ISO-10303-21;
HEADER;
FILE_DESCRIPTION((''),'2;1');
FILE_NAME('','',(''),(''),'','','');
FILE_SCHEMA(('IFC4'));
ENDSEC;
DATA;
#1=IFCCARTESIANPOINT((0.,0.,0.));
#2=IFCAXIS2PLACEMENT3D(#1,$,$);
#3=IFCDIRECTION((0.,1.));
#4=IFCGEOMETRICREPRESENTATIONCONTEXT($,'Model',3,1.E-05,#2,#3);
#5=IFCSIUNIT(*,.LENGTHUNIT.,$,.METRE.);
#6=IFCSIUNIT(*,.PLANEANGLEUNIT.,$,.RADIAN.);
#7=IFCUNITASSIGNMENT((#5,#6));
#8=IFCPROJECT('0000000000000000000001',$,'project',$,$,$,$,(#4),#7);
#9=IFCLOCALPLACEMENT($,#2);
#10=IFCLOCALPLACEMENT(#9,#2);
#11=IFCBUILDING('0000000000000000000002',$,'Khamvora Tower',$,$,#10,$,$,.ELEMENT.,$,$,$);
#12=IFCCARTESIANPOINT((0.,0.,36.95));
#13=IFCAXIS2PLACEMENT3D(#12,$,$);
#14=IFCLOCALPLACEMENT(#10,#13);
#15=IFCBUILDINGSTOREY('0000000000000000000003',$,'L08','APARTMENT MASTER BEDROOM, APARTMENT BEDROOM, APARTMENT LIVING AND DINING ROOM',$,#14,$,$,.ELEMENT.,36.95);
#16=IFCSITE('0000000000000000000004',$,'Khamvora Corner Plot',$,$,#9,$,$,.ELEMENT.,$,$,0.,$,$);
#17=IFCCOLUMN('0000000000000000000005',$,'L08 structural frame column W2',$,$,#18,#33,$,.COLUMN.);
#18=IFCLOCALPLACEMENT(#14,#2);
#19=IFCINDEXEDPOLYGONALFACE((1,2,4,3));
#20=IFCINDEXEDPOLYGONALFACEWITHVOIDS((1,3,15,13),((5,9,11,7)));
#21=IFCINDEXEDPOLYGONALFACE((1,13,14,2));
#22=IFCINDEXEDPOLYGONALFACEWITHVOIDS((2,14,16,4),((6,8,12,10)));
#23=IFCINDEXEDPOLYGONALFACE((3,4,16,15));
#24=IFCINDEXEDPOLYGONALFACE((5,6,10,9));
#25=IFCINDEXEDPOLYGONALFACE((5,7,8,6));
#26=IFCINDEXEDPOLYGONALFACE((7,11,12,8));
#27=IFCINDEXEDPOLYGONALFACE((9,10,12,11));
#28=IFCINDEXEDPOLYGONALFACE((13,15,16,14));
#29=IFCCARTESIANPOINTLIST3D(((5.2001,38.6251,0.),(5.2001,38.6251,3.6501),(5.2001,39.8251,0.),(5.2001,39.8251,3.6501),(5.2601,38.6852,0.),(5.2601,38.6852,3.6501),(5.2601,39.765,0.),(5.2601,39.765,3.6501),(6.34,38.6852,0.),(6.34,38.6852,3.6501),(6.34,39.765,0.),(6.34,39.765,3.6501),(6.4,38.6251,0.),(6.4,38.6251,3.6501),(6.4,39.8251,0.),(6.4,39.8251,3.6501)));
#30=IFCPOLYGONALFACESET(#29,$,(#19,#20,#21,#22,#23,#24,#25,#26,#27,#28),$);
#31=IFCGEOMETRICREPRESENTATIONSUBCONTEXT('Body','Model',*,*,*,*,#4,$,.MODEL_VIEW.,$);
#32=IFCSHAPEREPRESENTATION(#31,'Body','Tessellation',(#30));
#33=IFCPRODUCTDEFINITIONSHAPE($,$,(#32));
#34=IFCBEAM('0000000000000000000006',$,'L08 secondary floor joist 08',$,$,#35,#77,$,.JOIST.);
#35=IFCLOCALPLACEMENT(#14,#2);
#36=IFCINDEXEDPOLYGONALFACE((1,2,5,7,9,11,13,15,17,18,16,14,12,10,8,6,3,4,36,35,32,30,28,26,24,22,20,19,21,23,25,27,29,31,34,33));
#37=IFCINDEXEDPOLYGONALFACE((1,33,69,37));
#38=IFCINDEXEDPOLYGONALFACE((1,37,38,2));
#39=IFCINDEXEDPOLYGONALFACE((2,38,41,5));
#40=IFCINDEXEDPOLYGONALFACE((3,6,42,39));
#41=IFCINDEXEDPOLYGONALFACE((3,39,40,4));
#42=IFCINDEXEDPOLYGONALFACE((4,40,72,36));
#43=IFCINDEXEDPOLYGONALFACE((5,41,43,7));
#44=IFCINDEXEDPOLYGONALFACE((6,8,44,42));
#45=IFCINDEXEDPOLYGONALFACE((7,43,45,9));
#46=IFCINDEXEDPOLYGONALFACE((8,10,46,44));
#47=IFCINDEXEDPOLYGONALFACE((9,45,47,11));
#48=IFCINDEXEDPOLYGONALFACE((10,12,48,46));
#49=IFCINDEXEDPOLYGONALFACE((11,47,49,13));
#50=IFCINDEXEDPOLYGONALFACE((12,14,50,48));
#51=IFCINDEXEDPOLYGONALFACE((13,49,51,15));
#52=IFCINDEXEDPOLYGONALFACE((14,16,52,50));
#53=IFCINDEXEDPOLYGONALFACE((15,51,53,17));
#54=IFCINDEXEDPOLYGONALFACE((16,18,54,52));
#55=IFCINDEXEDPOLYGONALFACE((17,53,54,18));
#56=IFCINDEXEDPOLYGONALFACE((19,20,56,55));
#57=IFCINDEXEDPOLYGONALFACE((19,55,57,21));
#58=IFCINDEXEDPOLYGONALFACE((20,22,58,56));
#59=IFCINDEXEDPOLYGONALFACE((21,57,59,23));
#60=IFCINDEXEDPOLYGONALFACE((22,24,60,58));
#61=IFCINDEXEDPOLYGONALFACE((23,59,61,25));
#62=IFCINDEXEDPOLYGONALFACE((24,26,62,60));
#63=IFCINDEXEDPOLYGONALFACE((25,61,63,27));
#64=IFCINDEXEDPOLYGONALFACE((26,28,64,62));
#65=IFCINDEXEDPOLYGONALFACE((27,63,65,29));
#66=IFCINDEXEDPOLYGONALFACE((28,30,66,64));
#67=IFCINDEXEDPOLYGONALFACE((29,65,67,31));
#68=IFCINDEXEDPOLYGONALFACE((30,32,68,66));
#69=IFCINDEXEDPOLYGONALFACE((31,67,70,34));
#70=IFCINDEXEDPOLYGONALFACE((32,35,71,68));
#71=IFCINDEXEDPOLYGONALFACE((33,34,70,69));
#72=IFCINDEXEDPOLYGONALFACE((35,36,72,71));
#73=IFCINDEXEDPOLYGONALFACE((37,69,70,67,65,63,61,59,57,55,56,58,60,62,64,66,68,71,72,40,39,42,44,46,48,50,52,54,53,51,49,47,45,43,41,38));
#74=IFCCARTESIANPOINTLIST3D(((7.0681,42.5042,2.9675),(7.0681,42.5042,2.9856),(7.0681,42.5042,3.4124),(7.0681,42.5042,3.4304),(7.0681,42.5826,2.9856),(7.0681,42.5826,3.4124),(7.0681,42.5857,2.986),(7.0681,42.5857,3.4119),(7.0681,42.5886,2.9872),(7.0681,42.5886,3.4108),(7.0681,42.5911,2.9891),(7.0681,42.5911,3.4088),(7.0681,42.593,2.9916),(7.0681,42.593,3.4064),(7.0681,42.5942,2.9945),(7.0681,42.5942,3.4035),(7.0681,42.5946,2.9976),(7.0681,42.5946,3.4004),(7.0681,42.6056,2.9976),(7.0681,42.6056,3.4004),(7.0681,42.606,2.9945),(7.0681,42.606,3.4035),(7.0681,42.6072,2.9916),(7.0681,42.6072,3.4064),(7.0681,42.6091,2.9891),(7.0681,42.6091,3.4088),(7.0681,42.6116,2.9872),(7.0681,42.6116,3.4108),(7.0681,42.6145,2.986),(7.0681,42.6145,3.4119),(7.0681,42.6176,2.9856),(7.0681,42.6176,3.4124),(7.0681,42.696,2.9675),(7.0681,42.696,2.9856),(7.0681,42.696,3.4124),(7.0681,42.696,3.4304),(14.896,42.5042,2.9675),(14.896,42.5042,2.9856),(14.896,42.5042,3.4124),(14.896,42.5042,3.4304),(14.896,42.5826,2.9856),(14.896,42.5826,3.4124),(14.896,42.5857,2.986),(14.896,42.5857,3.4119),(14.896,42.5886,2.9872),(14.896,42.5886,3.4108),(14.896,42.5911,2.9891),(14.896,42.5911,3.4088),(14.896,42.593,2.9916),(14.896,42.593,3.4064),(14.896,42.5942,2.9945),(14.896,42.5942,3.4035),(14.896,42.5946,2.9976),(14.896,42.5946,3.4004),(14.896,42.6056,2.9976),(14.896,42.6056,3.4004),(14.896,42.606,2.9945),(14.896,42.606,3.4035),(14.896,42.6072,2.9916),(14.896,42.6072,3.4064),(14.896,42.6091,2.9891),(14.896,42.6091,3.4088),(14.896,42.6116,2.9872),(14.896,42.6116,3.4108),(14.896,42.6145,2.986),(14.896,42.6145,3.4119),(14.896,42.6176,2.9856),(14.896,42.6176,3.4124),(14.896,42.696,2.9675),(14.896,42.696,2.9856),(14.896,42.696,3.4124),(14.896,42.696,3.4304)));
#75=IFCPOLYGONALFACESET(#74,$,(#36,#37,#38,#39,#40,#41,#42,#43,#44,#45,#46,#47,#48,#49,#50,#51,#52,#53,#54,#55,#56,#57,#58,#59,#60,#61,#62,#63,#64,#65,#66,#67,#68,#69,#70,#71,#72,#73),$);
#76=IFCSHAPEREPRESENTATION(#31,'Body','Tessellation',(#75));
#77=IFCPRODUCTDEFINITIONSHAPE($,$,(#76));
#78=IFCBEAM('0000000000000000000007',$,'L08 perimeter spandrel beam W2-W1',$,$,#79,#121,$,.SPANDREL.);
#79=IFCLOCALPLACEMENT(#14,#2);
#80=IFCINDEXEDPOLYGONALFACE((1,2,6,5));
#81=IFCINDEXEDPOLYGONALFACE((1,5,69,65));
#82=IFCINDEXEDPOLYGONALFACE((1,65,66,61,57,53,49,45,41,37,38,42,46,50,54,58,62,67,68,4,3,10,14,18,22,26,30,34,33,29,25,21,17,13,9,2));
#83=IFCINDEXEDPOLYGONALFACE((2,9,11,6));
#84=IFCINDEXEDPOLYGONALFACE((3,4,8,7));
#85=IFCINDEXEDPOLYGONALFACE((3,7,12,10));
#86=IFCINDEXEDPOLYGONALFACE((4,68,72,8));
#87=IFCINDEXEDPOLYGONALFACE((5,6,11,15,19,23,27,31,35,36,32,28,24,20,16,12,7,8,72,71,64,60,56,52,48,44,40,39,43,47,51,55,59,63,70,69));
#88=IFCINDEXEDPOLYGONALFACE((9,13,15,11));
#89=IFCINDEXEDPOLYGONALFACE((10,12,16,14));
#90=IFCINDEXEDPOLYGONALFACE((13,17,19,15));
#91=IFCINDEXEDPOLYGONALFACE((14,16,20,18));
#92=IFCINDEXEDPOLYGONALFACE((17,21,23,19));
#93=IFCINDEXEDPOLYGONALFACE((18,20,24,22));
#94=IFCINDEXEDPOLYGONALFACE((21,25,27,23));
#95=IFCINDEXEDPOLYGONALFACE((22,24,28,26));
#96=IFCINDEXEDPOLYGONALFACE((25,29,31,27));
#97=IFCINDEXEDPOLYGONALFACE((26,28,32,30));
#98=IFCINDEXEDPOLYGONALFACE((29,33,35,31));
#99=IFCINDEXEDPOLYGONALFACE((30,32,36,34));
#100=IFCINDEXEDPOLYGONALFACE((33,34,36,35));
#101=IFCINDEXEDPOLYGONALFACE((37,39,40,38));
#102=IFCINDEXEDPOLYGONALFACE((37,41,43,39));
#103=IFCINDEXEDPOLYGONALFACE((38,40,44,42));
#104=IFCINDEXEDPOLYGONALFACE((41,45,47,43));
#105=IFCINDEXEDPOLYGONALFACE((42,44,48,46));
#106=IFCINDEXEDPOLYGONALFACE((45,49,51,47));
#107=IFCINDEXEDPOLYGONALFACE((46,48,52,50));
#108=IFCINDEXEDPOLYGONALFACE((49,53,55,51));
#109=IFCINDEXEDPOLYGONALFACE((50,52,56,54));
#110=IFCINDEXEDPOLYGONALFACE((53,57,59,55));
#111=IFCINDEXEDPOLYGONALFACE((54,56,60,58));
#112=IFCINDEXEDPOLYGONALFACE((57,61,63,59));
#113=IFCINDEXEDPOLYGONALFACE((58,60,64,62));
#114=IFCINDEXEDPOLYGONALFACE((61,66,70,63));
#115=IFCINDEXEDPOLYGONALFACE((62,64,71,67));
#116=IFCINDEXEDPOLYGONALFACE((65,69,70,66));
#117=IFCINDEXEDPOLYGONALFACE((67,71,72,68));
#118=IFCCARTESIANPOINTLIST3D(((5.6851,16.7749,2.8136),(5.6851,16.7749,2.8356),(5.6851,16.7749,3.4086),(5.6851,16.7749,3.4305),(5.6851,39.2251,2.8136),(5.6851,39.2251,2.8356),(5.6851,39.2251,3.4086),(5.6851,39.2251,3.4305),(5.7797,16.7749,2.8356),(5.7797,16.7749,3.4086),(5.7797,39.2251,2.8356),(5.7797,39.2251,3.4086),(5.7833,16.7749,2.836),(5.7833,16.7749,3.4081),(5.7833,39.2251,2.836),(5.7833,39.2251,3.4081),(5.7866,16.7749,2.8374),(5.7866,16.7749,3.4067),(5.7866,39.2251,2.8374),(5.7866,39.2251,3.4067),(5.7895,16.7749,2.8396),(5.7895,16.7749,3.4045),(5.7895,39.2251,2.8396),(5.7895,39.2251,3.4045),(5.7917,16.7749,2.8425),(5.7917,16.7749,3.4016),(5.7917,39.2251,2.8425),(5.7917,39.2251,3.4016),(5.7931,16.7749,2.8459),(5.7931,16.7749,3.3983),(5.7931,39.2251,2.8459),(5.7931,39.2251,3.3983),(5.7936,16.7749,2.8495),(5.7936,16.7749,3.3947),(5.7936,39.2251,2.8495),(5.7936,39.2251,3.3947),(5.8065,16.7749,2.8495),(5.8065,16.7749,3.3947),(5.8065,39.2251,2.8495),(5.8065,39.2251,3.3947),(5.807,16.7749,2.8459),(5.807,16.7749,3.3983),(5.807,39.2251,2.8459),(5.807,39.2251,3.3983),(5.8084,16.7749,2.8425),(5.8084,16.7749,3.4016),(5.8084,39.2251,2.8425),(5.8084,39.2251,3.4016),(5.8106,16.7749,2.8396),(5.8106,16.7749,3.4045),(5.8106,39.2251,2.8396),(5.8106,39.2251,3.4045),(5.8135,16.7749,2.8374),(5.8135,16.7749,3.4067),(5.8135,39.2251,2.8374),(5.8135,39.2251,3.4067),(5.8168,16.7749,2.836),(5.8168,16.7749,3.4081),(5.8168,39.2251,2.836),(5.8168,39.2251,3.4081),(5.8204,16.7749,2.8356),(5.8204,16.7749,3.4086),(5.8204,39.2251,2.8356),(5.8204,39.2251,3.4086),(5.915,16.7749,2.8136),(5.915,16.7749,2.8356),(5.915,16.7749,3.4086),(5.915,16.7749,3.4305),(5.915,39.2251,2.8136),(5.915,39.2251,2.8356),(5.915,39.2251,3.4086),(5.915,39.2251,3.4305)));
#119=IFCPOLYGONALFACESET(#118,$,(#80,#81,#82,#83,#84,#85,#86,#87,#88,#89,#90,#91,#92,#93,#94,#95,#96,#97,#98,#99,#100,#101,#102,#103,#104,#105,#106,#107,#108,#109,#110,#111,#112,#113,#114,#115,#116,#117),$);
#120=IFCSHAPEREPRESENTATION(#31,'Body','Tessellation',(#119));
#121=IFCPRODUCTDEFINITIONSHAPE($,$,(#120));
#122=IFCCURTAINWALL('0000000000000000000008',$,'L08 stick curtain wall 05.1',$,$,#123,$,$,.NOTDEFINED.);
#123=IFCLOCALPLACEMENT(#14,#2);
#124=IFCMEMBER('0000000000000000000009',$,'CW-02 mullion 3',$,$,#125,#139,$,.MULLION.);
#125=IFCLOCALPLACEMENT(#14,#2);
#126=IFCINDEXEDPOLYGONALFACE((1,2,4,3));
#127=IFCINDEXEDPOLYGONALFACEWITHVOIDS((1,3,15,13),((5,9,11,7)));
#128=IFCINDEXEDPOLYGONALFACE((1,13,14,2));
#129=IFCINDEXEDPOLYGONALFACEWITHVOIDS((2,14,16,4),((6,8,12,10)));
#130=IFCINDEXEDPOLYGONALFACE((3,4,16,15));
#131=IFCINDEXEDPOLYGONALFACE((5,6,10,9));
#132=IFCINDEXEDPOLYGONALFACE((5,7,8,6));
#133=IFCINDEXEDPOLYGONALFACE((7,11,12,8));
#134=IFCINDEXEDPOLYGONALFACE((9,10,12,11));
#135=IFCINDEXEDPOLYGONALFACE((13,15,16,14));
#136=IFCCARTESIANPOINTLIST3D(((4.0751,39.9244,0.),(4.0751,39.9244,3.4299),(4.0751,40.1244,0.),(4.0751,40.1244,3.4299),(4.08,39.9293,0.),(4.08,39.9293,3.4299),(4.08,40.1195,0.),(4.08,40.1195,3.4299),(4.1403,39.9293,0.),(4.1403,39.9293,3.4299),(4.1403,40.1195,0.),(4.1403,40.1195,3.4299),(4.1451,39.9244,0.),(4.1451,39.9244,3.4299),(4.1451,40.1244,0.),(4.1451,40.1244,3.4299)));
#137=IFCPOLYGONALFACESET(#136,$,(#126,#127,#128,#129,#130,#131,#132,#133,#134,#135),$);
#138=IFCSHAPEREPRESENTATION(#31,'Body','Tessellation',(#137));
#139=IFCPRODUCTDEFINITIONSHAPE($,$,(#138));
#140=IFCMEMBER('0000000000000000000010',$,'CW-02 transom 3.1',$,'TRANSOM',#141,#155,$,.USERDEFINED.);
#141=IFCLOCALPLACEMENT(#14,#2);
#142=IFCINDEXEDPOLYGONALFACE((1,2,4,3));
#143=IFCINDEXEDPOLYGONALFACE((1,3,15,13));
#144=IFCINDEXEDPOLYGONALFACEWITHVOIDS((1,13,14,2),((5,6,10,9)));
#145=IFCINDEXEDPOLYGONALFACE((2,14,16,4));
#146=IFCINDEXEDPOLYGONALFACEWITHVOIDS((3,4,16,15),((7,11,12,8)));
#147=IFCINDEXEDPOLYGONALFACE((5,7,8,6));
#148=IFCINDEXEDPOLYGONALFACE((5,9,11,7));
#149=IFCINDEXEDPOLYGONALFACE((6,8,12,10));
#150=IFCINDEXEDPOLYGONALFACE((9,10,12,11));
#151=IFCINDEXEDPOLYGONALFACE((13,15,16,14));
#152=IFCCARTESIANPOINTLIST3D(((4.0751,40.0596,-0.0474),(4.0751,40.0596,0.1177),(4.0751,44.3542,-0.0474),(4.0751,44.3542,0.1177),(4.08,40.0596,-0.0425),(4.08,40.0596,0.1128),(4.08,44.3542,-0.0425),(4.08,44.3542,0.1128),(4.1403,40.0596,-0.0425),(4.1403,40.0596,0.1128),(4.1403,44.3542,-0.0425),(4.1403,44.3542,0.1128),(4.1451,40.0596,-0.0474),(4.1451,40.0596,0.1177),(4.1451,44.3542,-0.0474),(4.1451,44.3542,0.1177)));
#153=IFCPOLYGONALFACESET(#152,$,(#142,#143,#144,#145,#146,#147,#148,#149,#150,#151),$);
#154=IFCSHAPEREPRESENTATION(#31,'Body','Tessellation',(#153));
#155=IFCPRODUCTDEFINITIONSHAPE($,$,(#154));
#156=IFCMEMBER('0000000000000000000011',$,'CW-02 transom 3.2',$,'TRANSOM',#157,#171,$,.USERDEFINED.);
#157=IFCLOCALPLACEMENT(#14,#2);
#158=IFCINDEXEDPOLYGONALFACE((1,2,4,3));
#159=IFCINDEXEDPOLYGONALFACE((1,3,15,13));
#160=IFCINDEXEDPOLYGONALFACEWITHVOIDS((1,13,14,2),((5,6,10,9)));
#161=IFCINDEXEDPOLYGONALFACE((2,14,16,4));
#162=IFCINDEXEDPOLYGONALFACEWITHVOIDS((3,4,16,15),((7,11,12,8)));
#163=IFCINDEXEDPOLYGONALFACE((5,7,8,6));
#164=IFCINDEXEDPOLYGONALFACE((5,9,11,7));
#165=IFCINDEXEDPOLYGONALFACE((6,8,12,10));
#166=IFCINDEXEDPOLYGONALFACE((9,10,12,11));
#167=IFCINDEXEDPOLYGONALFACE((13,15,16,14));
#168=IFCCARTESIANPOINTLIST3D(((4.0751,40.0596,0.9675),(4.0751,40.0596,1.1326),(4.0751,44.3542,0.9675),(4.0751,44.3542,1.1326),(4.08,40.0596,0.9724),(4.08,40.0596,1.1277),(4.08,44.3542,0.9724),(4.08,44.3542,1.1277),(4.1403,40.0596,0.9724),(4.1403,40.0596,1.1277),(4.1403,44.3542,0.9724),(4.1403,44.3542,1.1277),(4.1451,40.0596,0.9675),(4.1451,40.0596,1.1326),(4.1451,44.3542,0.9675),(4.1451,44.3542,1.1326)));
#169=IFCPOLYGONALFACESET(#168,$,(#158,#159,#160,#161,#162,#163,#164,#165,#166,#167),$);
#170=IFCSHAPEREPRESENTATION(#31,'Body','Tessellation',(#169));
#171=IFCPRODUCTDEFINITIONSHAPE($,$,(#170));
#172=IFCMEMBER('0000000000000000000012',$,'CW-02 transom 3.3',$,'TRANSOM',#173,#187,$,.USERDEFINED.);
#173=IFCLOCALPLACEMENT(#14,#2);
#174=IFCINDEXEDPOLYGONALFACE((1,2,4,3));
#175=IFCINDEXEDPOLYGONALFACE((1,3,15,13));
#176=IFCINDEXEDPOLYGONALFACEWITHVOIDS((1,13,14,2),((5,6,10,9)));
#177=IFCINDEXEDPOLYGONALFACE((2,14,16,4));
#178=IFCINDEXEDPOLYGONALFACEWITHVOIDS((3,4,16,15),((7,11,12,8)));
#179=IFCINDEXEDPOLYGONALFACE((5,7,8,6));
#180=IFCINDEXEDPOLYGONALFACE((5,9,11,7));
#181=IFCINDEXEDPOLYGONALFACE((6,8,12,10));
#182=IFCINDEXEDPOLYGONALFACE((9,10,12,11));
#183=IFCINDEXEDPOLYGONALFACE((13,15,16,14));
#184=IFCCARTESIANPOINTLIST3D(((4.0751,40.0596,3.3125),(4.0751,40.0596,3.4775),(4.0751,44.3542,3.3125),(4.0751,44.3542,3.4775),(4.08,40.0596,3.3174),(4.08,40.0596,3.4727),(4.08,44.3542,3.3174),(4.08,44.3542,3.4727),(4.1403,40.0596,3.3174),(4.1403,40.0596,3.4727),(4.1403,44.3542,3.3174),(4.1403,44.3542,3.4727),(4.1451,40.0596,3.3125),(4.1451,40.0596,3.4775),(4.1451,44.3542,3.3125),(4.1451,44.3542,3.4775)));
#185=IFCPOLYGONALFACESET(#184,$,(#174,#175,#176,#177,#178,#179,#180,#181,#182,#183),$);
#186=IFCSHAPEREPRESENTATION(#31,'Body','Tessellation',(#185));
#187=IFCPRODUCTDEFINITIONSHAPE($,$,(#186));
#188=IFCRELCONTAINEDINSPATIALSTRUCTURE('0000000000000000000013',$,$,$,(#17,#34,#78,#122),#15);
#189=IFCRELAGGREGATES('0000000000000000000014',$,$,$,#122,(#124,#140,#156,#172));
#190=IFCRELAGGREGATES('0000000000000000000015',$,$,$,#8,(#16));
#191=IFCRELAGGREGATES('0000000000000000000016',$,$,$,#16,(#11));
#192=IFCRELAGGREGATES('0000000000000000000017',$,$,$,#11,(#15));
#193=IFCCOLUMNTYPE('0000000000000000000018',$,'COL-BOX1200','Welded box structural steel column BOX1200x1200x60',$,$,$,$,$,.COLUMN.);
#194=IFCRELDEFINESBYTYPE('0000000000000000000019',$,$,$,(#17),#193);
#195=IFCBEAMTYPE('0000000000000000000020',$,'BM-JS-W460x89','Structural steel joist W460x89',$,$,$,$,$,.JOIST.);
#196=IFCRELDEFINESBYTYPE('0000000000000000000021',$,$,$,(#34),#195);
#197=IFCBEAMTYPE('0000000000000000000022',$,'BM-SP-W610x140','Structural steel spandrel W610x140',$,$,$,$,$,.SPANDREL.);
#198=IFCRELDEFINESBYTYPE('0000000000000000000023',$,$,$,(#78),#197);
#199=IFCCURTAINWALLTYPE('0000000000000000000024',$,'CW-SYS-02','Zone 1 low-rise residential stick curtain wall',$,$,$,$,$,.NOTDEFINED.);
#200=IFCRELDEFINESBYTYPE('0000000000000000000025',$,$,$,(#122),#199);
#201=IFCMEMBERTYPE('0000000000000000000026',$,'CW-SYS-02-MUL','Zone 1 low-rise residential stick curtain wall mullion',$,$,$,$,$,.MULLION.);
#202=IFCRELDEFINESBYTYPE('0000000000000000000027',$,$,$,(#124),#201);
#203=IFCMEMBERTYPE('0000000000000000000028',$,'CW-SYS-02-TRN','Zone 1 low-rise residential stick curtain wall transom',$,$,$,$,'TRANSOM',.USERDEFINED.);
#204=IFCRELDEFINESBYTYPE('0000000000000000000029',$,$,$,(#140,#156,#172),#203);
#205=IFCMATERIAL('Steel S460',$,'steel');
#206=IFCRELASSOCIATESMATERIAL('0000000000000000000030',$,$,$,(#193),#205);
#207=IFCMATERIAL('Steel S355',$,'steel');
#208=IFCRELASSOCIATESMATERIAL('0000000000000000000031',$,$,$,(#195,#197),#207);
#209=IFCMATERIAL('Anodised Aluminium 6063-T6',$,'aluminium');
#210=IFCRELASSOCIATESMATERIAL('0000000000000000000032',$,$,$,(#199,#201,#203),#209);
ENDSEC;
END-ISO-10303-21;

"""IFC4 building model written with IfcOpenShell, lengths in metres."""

from ifc_helpers import new_model, si_unit, direction, frame, origin, origin_2d, place, context, subcontext, project, spatial, hollow_rectangle, i_section, extrude, material, material_profile, profile_set, type_object, element, aggregate, save


model = new_model("IFC4")

# Units and contexts
model_context = context("Model", 3, precision=1e-05, world=origin(), true_north=direction((0.0, 1.0)))
body_context = subcontext(model_context, "Body", "Model", "MODEL_VIEW")
ifc_project = project(units=[si_unit("LENGTHUNIT", "METRE"), si_unit("PLANEANGLEUNIT", "RADIAN")], contexts=[model_context])

# Site, building, storey
site_placement = place(None, origin())
site = spatial("IfcSite", under=ifc_project, at=site_placement, Name="Khamvora Corner Plot", CompositionType="ELEMENT", RefElevation=0.0)
building_placement = place(site_placement, origin())
building = spatial("IfcBuilding", under=site, at=building_placement, Name="Khamvora Tower", CompositionType="ELEMENT")
storey_placement = place(building_placement, frame((0.0, 0.0, 36.95)))
storey = spatial("IfcBuildingStorey", under=building, at=storey_placement, Name="L08", Description="APARTMENT MASTER BEDROOM, APARTMENT BEDROOM, APARTMENT LIVING AND DINING ROOM", CompositionType="ELEMENT", Elevation=36.95)

# Column
ifc_material_1 = material(Name="Steel S460", Category="steel")
ifc_material_profile_1 = material_profile(ifc_material_1, hollow_rectangle(XDim=1.2, YDim=1.2, WallThickness=0.0601, at=origin_2d()), Name="BOX1200x1200x60")
ifc_profile_set_1 = profile_set([ifc_material_profile_1], Name="Steel S460")
column_type = type_object("IfcColumnType", Name="COL-BOX1200", Description="Welded box structural steel column BOX1200x1200x60", PredefinedType="COLUMN", material=ifc_profile_set_1)
column_placement = place(storey_placement, frame((5.8, 39.2251, 0.0), z_axis=(0.0, 0.0, 1.0), x_axis=(1.0, 0.0, 0.0)))
element("IfcColumn", 1, at=column_placement, inside=storey, type_object=column_type, Name="L08 structural frame column W2", PredefinedType="COLUMN", context=body_context, shape_type="SweptSolid", body=[
    extrude(hollow_rectangle(XDim=1.2, YDim=1.2, WallThickness=0.0601, at=origin_2d()), origin(), (0.0, 0.0, 1.0), 3.6501),
])

# Beams
ifc_material_2 = material(Name="Steel S355", Category="steel")
ifc_material_profile_2 = material_profile(ifc_material_2, i_section(OverallWidth=0.1919, OverallDepth=0.4629, WebThickness=0.011, FlangeThickness=0.0181, FilletRadius=0.012, at=origin_2d()), Name="W460x89")
ifc_profile_set_2 = profile_set([ifc_material_profile_2], Name="Steel S355")
beam_type_1 = type_object("IfcBeamType", Name="BM-JS-W460x89", Description="Structural steel joist W460x89", PredefinedType="JOIST", material=ifc_profile_set_2)
beam_1_placement = place(storey_placement, frame((7.0681, 42.6001, 3.199), z_axis=(1.0, 0.0, 0.0), x_axis=(0.0, 1.0, 0.0)))
element("IfcBeam", 2, at=beam_1_placement, inside=storey, type_object=beam_type_1, Name="L08 secondary floor joist 08", PredefinedType="JOIST", context=body_context, shape_type="SweptSolid", body=[
    extrude(i_section(OverallWidth=0.1919, OverallDepth=0.4629, WebThickness=0.011, FlangeThickness=0.0181, FilletRadius=0.012, at=origin_2d()), origin(), (0.0, 0.0, 1.0), 7.8279),
])
ifc_material_profile_3 = material_profile(ifc_material_2, i_section(OverallWidth=0.23, OverallDepth=0.6169, WebThickness=0.0129, FlangeThickness=0.022, FilletRadius=0.0139, at=origin_2d()), Name="W610x140")
ifc_profile_set_3 = profile_set([ifc_material_profile_3], Name="Steel S355")
beam_type_2 = type_object("IfcBeamType", Name="BM-SP-W610x140", Description="Structural steel spandrel W610x140", PredefinedType="SPANDREL", material=ifc_profile_set_3)
beam_2_placement = place(storey_placement, frame((5.8, 39.2251, 3.1221), z_axis=(0.0, -1.0, 0.0), x_axis=(1.0, 0.0, 0.0)))
element("IfcBeam", 3, at=beam_2_placement, inside=storey, type_object=beam_type_2, Name="L08 perimeter spandrel beam W2-W1", PredefinedType="SPANDREL", context=body_context, shape_type="SweptSolid", body=[
    extrude(i_section(OverallWidth=0.23, OverallDepth=0.6169, WebThickness=0.0129, FlangeThickness=0.022, FilletRadius=0.0139, at=origin_2d()), origin(), (0.0, 0.0, 1.0), 22.4502),
])

# Curtain wall, members
ifc_material_3 = material(Name="Anodised Aluminium 6063-T6", Category="aluminium")
curtain_wall_type = type_object("IfcCurtainWallType", Name="CW-SYS-02", Description="Zone 1 low-rise residential stick curtain wall", PredefinedType="NOTDEFINED", material=ifc_material_3)
curtain_wall_placement = place(storey_placement, origin())
curtain_wall = element("IfcCurtainWall", 4, at=curtain_wall_placement, inside=storey, type_object=curtain_wall_type, Name="L08 stick curtain wall 05.1", PredefinedType="NOTDEFINED")
ifc_material_profile_4 = material_profile(ifc_material_3, hollow_rectangle(XDim=0.0701, YDim=0.2, WallThickness=0.0049, at=origin_2d()), Name="MUL70x200x5")
ifc_profile_set_4 = profile_set([ifc_material_profile_4], Name="Anodised Aluminium 6063-T6")
member_type_1 = type_object("IfcMemberType", Name="CW-SYS-02-MUL", Description="Zone 1 low-rise residential stick curtain wall mullion", PredefinedType="MULLION", material=ifc_profile_set_4)
member_1_placement = place(storey_placement, frame((4.1101, 40.0244, 0.0), z_axis=(0.0, 0.0, 1.0), x_axis=(-1.0, 0.0, 0.0)))
member_1 = element("IfcMember", 5, at=member_1_placement, type_object=member_type_1, Name="CW-02 mullion 3", PredefinedType="MULLION", context=body_context, shape_type="SweptSolid", body=[
    extrude(hollow_rectangle(XDim=0.0701, YDim=0.2, WallThickness=0.0049, at=origin_2d()), origin(), (0.0, 0.0, 1.0), 3.4299),
])
ifc_material_profile_5 = material_profile(ifc_material_3, hollow_rectangle(XDim=0.0701, YDim=0.165, WallThickness=0.0049, at=origin_2d()), Name="TRN70x165x5")
ifc_profile_set_5 = profile_set([ifc_material_profile_5], Name="Anodised Aluminium 6063-T6")
member_type_2 = type_object("IfcMemberType", Name="CW-SYS-02-TRN", Description="Zone 1 low-rise residential stick curtain wall transom", ElementType="TRANSOM", PredefinedType="USERDEFINED", material=ifc_profile_set_5)
member_2_placement = place(storey_placement, frame((4.1101, 40.0596, 0.0352), z_axis=(0.0, 1.0, 0.0), x_axis=(-1.0, 0.0, 0.0)))
member_2 = element("IfcMember", 6, at=member_2_placement, type_object=member_type_2, Name="CW-02 transom 3.1", ObjectType="TRANSOM", PredefinedType="USERDEFINED", context=body_context, shape_type="SweptSolid", body=[
    extrude(hollow_rectangle(XDim=0.0701, YDim=0.165, WallThickness=0.0049, at=origin_2d()), origin(), (0.0, 0.0, 1.0), 4.2947),
])
member_3_placement = place(storey_placement, frame((4.1101, 40.0596, 1.05), z_axis=(0.0, 1.0, 0.0), x_axis=(-1.0, 0.0, 0.0)))
member_3 = element("IfcMember", 7, at=member_3_placement, type_object=member_type_2, Name="CW-02 transom 3.2", ObjectType="TRANSOM", PredefinedType="USERDEFINED", context=body_context, shape_type="SweptSolid", body=[
    extrude(hollow_rectangle(XDim=0.0701, YDim=0.165, WallThickness=0.0049, at=origin_2d()), origin(), (0.0, 0.0, 1.0), 4.2947),
])
member_4_placement = place(storey_placement, frame((4.1101, 40.0596, 3.395), z_axis=(0.0, 1.0, 0.0), x_axis=(-1.0, 0.0, 0.0)))
member_4 = element("IfcMember", 8, at=member_4_placement, type_object=member_type_2, Name="CW-02 transom 3.3", ObjectType="TRANSOM", PredefinedType="USERDEFINED", context=body_context, shape_type="SweptSolid", body=[
    extrude(hollow_rectangle(XDim=0.0701, YDim=0.165, WallThickness=0.0049, at=origin_2d()), origin(), (0.0, 0.0, 1.0), 4.2947),
])
aggregate(curtain_wall, [member_1, member_2, member_3, member_4])

save(model, "model.ifc")
